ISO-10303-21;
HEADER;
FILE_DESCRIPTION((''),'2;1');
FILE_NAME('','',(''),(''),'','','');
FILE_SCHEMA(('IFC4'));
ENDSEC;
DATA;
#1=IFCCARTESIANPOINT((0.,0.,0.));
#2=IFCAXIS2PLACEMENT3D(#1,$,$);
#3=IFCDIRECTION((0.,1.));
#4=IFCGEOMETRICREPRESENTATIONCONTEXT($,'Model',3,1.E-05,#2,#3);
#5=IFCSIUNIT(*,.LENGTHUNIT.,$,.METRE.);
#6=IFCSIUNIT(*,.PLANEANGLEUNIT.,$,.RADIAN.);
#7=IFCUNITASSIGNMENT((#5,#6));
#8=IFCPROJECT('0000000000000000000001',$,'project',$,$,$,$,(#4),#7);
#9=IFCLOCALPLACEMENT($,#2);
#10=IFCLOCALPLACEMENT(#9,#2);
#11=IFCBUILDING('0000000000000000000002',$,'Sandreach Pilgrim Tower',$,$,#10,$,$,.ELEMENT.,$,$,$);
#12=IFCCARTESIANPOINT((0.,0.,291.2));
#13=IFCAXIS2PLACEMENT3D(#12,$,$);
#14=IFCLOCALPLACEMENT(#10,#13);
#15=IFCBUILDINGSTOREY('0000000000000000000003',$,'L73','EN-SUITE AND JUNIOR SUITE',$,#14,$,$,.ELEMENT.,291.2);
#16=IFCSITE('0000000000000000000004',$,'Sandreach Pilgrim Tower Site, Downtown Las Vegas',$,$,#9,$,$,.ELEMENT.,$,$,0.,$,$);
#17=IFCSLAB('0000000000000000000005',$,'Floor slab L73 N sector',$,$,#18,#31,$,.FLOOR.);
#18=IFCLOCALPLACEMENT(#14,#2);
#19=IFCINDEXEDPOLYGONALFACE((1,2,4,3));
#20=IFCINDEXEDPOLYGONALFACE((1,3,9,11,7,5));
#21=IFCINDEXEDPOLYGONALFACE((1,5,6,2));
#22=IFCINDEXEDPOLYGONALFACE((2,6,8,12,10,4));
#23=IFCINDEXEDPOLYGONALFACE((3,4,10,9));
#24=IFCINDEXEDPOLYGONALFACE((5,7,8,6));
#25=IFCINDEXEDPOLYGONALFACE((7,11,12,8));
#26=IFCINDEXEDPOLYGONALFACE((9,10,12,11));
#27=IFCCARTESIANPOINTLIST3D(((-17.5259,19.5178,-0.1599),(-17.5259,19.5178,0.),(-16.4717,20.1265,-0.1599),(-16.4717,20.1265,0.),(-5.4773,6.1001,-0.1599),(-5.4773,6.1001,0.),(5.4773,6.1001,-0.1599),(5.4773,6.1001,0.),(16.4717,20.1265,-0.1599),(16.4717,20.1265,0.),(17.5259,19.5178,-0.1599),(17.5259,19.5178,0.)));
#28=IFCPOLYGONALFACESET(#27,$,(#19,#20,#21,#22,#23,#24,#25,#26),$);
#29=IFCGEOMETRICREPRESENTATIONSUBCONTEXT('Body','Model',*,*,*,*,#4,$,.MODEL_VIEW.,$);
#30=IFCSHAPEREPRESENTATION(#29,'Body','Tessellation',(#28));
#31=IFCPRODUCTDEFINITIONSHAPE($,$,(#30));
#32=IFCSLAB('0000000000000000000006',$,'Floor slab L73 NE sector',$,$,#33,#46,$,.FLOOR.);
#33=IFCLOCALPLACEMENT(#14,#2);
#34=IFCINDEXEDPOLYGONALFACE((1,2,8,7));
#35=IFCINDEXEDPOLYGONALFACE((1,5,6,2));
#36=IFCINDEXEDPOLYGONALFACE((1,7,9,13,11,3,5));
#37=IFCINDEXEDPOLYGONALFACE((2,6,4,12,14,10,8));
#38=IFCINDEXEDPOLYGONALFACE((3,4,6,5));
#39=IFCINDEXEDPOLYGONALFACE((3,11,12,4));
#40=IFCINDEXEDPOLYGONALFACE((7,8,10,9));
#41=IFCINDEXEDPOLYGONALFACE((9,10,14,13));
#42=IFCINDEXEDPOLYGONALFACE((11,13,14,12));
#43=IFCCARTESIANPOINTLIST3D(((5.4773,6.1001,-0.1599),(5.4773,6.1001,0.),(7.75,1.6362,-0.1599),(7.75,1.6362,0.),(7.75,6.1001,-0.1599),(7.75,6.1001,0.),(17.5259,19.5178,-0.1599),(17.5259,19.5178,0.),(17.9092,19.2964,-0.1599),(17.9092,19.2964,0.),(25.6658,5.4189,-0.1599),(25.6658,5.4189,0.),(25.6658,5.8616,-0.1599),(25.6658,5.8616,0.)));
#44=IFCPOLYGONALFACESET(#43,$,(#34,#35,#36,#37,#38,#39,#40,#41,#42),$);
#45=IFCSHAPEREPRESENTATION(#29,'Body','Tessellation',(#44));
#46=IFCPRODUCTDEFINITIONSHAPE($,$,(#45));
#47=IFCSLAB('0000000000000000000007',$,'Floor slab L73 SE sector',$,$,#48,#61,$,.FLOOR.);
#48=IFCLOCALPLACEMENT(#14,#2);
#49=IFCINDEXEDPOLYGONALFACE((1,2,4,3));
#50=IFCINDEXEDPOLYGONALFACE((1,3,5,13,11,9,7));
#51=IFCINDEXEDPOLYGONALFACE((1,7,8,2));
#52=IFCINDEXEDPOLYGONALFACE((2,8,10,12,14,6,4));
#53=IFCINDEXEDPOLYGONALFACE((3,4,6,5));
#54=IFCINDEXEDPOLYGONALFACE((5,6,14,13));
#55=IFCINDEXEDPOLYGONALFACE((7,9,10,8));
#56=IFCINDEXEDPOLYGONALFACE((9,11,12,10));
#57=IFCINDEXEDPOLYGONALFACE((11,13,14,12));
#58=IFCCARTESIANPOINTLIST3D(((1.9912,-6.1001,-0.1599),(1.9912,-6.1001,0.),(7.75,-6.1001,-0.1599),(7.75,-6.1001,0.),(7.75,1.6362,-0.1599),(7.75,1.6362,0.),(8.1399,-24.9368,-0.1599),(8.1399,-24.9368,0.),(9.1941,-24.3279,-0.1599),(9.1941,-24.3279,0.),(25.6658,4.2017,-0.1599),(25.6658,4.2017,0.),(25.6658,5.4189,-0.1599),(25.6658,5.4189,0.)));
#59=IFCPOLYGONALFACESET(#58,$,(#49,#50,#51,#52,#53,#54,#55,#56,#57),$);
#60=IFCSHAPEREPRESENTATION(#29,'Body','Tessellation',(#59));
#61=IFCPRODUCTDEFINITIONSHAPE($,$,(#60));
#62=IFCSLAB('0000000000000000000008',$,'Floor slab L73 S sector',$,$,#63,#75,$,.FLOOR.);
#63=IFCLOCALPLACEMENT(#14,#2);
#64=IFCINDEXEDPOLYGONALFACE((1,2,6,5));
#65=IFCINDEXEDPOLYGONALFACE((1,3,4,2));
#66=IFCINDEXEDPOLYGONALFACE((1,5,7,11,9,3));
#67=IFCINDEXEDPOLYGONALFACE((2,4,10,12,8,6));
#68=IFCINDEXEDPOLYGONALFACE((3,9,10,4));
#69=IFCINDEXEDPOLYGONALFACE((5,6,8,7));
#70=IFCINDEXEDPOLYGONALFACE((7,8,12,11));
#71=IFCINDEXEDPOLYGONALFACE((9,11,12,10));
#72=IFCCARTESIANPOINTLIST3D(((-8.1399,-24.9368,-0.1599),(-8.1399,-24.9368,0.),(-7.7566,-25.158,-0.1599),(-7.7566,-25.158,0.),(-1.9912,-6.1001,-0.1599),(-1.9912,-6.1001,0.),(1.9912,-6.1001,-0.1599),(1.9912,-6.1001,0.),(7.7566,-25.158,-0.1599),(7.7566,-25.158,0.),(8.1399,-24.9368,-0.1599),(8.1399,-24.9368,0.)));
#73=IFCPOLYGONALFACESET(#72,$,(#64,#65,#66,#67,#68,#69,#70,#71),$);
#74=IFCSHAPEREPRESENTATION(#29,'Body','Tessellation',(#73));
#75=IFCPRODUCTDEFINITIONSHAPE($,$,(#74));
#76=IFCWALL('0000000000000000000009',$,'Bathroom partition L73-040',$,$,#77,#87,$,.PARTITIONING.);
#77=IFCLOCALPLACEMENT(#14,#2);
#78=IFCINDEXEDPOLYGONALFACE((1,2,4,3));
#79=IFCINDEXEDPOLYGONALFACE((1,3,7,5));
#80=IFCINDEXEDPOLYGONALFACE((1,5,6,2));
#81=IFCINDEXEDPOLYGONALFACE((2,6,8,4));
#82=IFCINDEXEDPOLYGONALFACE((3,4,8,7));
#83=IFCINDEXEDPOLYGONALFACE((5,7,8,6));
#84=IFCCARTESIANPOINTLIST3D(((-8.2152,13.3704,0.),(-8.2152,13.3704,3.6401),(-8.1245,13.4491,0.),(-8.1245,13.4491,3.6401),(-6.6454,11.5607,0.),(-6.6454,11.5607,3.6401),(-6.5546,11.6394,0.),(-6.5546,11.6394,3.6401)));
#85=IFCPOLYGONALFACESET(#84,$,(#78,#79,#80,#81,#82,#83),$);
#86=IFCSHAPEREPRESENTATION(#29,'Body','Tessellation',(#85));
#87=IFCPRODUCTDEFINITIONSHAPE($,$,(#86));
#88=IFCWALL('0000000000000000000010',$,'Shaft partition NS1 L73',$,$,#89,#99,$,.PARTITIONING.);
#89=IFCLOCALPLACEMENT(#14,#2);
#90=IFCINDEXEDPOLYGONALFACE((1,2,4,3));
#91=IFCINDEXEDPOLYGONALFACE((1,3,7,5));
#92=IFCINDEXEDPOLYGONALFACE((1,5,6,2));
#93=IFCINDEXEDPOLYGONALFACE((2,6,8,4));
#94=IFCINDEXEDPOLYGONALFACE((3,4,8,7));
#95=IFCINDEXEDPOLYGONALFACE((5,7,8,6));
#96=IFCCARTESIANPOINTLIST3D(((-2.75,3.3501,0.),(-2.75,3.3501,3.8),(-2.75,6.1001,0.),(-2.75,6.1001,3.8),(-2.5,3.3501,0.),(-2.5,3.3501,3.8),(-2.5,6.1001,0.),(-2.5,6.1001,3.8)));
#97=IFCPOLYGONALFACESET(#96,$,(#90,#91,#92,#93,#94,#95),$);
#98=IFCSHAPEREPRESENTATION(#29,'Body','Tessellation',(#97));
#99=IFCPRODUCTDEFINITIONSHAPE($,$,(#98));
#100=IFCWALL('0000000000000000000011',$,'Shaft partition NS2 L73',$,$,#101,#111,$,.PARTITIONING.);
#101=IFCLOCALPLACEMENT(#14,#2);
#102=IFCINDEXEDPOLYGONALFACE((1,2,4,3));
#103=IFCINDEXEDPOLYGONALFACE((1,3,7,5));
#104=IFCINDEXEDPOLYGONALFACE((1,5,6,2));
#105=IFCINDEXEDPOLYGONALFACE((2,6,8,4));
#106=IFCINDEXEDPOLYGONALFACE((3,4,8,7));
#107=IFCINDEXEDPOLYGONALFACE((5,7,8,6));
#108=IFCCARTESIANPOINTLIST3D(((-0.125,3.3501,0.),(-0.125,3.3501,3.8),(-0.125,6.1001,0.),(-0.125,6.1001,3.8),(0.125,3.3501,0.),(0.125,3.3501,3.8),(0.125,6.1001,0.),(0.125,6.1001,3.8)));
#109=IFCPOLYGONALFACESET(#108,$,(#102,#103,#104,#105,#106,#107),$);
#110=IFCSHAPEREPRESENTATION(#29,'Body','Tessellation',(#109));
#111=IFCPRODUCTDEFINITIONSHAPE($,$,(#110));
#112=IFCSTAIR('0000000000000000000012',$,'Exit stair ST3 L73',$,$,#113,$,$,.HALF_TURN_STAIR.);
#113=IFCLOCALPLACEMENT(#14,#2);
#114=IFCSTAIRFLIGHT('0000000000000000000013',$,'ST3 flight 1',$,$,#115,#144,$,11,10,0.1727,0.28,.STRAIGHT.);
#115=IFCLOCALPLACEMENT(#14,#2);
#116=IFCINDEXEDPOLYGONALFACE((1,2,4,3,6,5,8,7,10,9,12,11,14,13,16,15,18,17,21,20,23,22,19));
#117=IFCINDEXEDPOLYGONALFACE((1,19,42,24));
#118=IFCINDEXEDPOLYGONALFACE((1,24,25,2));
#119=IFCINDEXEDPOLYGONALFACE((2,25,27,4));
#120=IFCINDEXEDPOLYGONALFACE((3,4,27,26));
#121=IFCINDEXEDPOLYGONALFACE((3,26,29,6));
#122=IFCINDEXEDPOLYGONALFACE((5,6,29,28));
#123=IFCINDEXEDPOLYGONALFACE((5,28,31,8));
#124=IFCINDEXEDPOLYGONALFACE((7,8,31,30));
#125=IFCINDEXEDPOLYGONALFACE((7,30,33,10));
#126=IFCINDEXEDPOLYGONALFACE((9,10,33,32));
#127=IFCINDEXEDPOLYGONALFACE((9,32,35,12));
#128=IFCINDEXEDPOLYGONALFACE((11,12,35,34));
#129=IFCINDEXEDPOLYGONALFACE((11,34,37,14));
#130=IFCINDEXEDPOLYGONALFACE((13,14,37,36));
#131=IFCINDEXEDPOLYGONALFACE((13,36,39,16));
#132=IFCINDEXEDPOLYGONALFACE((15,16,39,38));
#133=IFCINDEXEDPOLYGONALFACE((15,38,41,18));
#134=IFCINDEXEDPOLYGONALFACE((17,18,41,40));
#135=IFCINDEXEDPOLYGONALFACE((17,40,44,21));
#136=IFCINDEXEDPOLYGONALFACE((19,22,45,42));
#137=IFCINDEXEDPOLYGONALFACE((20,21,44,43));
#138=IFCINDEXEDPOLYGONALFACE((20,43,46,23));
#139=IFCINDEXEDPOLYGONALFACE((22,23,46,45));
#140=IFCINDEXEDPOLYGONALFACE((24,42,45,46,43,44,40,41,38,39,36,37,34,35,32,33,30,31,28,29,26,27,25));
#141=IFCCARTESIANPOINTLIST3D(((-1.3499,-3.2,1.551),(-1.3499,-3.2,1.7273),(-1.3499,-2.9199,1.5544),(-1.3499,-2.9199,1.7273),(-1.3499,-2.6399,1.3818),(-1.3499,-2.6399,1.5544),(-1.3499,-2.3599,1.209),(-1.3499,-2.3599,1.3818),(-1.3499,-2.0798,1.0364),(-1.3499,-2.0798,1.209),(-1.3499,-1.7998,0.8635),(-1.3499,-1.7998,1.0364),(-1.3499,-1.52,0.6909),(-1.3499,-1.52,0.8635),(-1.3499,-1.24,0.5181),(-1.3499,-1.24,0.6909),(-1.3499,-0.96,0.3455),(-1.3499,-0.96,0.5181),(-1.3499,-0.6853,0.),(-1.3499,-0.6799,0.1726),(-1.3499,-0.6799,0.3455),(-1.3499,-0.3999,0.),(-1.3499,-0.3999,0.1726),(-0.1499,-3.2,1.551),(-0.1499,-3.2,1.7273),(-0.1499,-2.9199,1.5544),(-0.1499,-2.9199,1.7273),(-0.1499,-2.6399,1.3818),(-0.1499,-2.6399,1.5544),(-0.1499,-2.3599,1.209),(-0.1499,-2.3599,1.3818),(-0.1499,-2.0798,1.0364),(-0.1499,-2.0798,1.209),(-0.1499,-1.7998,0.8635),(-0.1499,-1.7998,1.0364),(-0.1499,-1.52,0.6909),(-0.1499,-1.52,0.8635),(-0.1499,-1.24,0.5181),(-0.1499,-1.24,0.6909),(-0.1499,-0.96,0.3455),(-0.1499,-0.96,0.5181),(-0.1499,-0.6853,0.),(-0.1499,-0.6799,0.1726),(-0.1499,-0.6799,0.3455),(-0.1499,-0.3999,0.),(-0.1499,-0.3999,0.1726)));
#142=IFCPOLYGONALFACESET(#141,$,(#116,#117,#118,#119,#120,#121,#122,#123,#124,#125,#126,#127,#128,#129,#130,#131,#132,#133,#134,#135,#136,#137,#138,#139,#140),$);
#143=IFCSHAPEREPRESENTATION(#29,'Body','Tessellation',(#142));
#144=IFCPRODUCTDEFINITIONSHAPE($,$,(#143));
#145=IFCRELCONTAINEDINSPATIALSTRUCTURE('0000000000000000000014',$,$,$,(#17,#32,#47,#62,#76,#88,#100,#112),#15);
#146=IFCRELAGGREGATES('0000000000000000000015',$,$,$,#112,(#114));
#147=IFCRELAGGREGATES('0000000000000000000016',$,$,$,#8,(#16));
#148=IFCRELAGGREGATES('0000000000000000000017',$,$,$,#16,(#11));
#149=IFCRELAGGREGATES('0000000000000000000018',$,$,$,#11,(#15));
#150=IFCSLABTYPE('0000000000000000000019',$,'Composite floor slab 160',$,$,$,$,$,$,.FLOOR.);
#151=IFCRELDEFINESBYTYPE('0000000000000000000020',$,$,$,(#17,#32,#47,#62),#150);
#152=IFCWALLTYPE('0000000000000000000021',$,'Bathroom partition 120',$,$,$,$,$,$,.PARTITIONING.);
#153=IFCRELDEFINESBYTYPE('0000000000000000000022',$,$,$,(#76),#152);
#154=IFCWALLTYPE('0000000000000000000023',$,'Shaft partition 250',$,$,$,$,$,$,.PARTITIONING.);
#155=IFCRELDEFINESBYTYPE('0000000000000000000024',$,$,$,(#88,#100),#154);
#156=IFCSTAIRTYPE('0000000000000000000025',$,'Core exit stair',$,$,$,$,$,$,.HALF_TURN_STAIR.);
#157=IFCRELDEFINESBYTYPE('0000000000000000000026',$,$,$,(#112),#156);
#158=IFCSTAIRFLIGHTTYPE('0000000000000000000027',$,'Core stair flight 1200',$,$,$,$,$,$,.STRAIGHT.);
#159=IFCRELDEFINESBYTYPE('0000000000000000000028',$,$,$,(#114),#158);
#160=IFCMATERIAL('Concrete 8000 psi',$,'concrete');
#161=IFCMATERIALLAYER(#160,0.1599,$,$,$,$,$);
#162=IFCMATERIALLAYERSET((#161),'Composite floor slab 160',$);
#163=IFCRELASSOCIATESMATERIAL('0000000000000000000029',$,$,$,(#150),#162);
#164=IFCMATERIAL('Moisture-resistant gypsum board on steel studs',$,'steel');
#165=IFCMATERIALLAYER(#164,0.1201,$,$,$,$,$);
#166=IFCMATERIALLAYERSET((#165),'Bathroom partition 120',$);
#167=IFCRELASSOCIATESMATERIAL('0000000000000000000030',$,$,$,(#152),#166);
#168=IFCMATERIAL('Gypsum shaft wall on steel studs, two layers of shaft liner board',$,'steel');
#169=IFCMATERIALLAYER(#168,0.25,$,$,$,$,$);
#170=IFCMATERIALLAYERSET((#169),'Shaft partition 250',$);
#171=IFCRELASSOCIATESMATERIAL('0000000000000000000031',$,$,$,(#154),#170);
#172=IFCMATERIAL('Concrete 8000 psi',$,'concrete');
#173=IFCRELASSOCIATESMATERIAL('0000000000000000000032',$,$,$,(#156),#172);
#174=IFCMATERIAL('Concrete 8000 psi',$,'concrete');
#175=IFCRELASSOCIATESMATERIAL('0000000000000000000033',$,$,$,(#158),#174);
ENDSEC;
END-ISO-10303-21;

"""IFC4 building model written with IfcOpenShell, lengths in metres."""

from ifc_helpers import new_model, si_unit, direction, frame, frame_2d, origin, place, context, subcontext, project, spatial, polyline, rectangle, outline, extrude, material, layer, layer_set, type_object, element, aggregate, save


model = new_model("IFC4")

# Units and contexts
model_context = context("Model", 3, precision=1e-05, world=origin(), true_north=direction((0.0, 1.0)))
body_context = subcontext(model_context, "Body", "Model", "MODEL_VIEW")
ifc_project = project(units=[si_unit("LENGTHUNIT", "METRE"), si_unit("PLANEANGLEUNIT", "RADIAN")], contexts=[model_context])

# Site, building, storey
site_placement = place(None, origin())
site = spatial("IfcSite", under=ifc_project, at=site_placement, Name="Sandreach Pilgrim Tower Site, Downtown Las Vegas", CompositionType="ELEMENT", RefElevation=0.0)
building_placement = place(site_placement, origin())
building = spatial("IfcBuilding", under=site, at=building_placement, Name="Sandreach Pilgrim Tower", CompositionType="ELEMENT")
storey_placement = place(building_placement, frame((0.0, 0.0, 291.2)))
storey = spatial("IfcBuildingStorey", under=building, at=storey_placement, Name="L73", Description="EN-SUITE AND JUNIOR SUITE", CompositionType="ELEMENT", Elevation=291.2)

# Slabs
ifc_material_1 = material(Name="Concrete 8000 psi", Category="concrete")
ifc_layer_1 = layer(ifc_material_1, 0.1599)
ifc_layer_set_1 = layer_set([ifc_layer_1], Name="Composite floor slab 160")
slab_type = type_object("IfcSlabType", Name="Composite floor slab 160", PredefinedType="FLOOR", material=ifc_layer_set_1)
slab_1_placement = place(storey_placement, frame((0.0, 0.0, -0.1599)))
element("IfcSlab", 1, at=slab_1_placement, inside=storey, type_object=slab_type, Name="Floor slab L73 N sector", PredefinedType="FLOOR", context=body_context, shape_type="SweptSolid", body=[
    extrude(outline(polyline([(-16.4717, 20.1265), (16.4717, 20.1265), (17.5259, 19.5178), (5.4773, 6.1001), (-5.4773, 6.1001), (-17.5259, 19.5178), (-16.4717, 20.1265)])), origin(), (0.0, 0.0, 1.0), 0.1599),
])
slab_2_placement = place(storey_placement, frame((0.0, 0.0, -0.1599)))
element("IfcSlab", 2, at=slab_2_placement, inside=storey, type_object=slab_type, Name="Floor slab L73 NE sector", PredefinedType="FLOOR", context=body_context, shape_type="SweptSolid", body=[
    extrude(outline(polyline([(17.9092, 19.2964), (25.6658, 5.8616), (25.6658, 5.4189), (7.75, 1.6362), (7.75, 6.1001), (5.4773, 6.1001), (17.5259, 19.5178), (17.9092, 19.2964)])), origin(), (0.0, 0.0, 1.0), 0.1599),
])
slab_3_placement = place(storey_placement, frame((0.0, 0.0, -0.1599)))
element("IfcSlab", 3, at=slab_3_placement, inside=storey, type_object=slab_type, Name="Floor slab L73 SE sector", PredefinedType="FLOOR", context=body_context, shape_type="SweptSolid", body=[
    extrude(outline(polyline([(25.6658, 4.2017), (9.1941, -24.3279), (8.1399, -24.9368), (1.9912, -6.1001), (7.75, -6.1001), (7.75, 1.6362), (25.6658, 5.4189), (25.6658, 4.2017)])), origin(), (0.0, 0.0, 1.0), 0.1599),
])
slab_4_placement = place(storey_placement, frame((0.0, 0.0, -0.1599)))
element("IfcSlab", 4, at=slab_4_placement, inside=storey, type_object=slab_type, Name="Floor slab L73 S sector", PredefinedType="FLOOR", context=body_context, shape_type="SweptSolid", body=[
    extrude(outline(polyline([(7.7566, -25.158), (-7.7566, -25.158), (-8.1399, -24.9368), (-1.9912, -6.1001), (1.9912, -6.1001), (8.1399, -24.9368), (7.7566, -25.158)])), origin(), (0.0, 0.0, 1.0), 0.1599),
])

# Wall
ifc_material_2 = material(Name="Moisture-resistant gypsum board on steel studs", Category="steel")
ifc_layer_2 = layer(ifc_material_2, 0.1201)
ifc_layer_set_2 = layer_set([ifc_layer_2], Name="Bathroom partition 120")
wall_type_1 = type_object("IfcWallType", Name="Bathroom partition 120", PredefinedType="PARTITIONING", material=ifc_layer_set_2)
wall_1_placement = place(storey_placement, frame((-6.6001, 11.6001, 0.0), z_axis=(0.0, 0.0, 1.0), x_axis=(-0.655245, 0.755417, 0.0)))
element("IfcWall", 5, at=wall_1_placement, inside=storey, type_object=wall_type_1, Name="Bathroom partition L73-040", PredefinedType="PARTITIONING", context=body_context, shape_type="SweptSolid", body=[
    extrude(rectangle(XDim=2.3958, YDim=0.1201, at=frame_2d((1.1978, 0.0))), origin(), (0.0, 0.0, 1.0), 3.6401),
])

# Walls
ifc_material_3 = material(Name="Gypsum shaft wall on steel studs, two layers of shaft liner board", Category="steel")
ifc_layer_3 = layer(ifc_material_3, 0.25)
ifc_layer_set_3 = layer_set([ifc_layer_3], Name="Shaft partition 250")
wall_type_2 = type_object("IfcWallType", Name="Shaft partition 250", PredefinedType="PARTITIONING", material=ifc_layer_set_3)
for number, where, z_axis, x_axis, name in (
    (6, (-2.625, 3.3501, 0.0), (0.0, 0.0, 1.0), (0.0, 1.0, 0.0), "Shaft partition NS1 L73"),
    (7, (0.0, 3.3501, 0.0), (0.0, 0.0, 1.0), (0.0, 1.0, 0.0), "Shaft partition NS2 L73"),
):
    element("IfcWall", number, at=place(storey_placement, frame(where, z_axis=z_axis, x_axis=x_axis)), inside=storey, type_object=wall_type_2, Name=name, PredefinedType="PARTITIONING", context=body_context, shape_type="SweptSolid", body=[
        extrude(rectangle(XDim=2.75, YDim=0.25, at=frame_2d((1.375, 0.0))), origin(), (0.0, 0.0, 1.0), 3.8),
    ])

# Stair, stair flight
ifc_material_4 = material(Name="Concrete 8000 psi", Category="concrete")
stair_type = type_object("IfcStairType", Name="Core exit stair", PredefinedType="HALF_TURN_STAIR", material=ifc_material_4)
stair_placement = place(storey_placement, origin())
stair = element("IfcStair", 8, at=stair_placement, inside=storey, type_object=stair_type, Name="Exit stair ST3 L73", PredefinedType="HALF_TURN_STAIR")
ifc_material_5 = material(Name="Concrete 8000 psi", Category="concrete")
stair_flight_type = type_object("IfcStairFlightType", Name="Core stair flight 1200", PredefinedType="STRAIGHT", material=ifc_material_5)
stair_flight_placement = place(storey_placement, frame((-0.75, -0.3999, 0.0), z_axis=(0.0, 0.0, 1.0), x_axis=(0.0, -1.0, 0.0)))
stair_flight = element("IfcStairFlight", 9, at=stair_flight_placement, type_object=stair_flight_type, Name="ST3 flight 1", NumberOfRisers=11, NumberOfTreads=10, PredefinedType="STRAIGHT", RiserHeight=0.1727, TreadLength=0.28, context=body_context, shape_type="SweptSolid", body=[
    extrude(outline(polyline([(0.0, 0.0), (0.0, 0.1726), (0.28, 0.1726), (0.28, 0.3455), (0.5601, 0.3455), (0.5601, 0.5181), (0.8401, 0.5181), (0.8401, 0.6909), (1.1201, 0.6909), (1.1201, 0.8635), (1.3999, 0.8635), (1.3999, 1.0364), (1.6799, 1.0364), (1.6799, 1.209), (1.96, 1.209), (1.96, 1.3818), (2.24, 1.3818), (2.24, 1.5544), (2.52, 1.5544), (2.52, 1.7273), (2.8, 1.7273), (2.8, 1.8999), (2.8, 1.551), (0.2854, 0.0), (0.0, 0.0)])), frame((0.0, 0.6001, 0.0), z_axis=(0.0, -1.0, 0.0), x_axis=(1.0, 0.0, 0.0)), (0.0, 0.0, 1.0), 1.2),
])
aggregate(stair, [stair_flight])

save(model, "model.ifc")
